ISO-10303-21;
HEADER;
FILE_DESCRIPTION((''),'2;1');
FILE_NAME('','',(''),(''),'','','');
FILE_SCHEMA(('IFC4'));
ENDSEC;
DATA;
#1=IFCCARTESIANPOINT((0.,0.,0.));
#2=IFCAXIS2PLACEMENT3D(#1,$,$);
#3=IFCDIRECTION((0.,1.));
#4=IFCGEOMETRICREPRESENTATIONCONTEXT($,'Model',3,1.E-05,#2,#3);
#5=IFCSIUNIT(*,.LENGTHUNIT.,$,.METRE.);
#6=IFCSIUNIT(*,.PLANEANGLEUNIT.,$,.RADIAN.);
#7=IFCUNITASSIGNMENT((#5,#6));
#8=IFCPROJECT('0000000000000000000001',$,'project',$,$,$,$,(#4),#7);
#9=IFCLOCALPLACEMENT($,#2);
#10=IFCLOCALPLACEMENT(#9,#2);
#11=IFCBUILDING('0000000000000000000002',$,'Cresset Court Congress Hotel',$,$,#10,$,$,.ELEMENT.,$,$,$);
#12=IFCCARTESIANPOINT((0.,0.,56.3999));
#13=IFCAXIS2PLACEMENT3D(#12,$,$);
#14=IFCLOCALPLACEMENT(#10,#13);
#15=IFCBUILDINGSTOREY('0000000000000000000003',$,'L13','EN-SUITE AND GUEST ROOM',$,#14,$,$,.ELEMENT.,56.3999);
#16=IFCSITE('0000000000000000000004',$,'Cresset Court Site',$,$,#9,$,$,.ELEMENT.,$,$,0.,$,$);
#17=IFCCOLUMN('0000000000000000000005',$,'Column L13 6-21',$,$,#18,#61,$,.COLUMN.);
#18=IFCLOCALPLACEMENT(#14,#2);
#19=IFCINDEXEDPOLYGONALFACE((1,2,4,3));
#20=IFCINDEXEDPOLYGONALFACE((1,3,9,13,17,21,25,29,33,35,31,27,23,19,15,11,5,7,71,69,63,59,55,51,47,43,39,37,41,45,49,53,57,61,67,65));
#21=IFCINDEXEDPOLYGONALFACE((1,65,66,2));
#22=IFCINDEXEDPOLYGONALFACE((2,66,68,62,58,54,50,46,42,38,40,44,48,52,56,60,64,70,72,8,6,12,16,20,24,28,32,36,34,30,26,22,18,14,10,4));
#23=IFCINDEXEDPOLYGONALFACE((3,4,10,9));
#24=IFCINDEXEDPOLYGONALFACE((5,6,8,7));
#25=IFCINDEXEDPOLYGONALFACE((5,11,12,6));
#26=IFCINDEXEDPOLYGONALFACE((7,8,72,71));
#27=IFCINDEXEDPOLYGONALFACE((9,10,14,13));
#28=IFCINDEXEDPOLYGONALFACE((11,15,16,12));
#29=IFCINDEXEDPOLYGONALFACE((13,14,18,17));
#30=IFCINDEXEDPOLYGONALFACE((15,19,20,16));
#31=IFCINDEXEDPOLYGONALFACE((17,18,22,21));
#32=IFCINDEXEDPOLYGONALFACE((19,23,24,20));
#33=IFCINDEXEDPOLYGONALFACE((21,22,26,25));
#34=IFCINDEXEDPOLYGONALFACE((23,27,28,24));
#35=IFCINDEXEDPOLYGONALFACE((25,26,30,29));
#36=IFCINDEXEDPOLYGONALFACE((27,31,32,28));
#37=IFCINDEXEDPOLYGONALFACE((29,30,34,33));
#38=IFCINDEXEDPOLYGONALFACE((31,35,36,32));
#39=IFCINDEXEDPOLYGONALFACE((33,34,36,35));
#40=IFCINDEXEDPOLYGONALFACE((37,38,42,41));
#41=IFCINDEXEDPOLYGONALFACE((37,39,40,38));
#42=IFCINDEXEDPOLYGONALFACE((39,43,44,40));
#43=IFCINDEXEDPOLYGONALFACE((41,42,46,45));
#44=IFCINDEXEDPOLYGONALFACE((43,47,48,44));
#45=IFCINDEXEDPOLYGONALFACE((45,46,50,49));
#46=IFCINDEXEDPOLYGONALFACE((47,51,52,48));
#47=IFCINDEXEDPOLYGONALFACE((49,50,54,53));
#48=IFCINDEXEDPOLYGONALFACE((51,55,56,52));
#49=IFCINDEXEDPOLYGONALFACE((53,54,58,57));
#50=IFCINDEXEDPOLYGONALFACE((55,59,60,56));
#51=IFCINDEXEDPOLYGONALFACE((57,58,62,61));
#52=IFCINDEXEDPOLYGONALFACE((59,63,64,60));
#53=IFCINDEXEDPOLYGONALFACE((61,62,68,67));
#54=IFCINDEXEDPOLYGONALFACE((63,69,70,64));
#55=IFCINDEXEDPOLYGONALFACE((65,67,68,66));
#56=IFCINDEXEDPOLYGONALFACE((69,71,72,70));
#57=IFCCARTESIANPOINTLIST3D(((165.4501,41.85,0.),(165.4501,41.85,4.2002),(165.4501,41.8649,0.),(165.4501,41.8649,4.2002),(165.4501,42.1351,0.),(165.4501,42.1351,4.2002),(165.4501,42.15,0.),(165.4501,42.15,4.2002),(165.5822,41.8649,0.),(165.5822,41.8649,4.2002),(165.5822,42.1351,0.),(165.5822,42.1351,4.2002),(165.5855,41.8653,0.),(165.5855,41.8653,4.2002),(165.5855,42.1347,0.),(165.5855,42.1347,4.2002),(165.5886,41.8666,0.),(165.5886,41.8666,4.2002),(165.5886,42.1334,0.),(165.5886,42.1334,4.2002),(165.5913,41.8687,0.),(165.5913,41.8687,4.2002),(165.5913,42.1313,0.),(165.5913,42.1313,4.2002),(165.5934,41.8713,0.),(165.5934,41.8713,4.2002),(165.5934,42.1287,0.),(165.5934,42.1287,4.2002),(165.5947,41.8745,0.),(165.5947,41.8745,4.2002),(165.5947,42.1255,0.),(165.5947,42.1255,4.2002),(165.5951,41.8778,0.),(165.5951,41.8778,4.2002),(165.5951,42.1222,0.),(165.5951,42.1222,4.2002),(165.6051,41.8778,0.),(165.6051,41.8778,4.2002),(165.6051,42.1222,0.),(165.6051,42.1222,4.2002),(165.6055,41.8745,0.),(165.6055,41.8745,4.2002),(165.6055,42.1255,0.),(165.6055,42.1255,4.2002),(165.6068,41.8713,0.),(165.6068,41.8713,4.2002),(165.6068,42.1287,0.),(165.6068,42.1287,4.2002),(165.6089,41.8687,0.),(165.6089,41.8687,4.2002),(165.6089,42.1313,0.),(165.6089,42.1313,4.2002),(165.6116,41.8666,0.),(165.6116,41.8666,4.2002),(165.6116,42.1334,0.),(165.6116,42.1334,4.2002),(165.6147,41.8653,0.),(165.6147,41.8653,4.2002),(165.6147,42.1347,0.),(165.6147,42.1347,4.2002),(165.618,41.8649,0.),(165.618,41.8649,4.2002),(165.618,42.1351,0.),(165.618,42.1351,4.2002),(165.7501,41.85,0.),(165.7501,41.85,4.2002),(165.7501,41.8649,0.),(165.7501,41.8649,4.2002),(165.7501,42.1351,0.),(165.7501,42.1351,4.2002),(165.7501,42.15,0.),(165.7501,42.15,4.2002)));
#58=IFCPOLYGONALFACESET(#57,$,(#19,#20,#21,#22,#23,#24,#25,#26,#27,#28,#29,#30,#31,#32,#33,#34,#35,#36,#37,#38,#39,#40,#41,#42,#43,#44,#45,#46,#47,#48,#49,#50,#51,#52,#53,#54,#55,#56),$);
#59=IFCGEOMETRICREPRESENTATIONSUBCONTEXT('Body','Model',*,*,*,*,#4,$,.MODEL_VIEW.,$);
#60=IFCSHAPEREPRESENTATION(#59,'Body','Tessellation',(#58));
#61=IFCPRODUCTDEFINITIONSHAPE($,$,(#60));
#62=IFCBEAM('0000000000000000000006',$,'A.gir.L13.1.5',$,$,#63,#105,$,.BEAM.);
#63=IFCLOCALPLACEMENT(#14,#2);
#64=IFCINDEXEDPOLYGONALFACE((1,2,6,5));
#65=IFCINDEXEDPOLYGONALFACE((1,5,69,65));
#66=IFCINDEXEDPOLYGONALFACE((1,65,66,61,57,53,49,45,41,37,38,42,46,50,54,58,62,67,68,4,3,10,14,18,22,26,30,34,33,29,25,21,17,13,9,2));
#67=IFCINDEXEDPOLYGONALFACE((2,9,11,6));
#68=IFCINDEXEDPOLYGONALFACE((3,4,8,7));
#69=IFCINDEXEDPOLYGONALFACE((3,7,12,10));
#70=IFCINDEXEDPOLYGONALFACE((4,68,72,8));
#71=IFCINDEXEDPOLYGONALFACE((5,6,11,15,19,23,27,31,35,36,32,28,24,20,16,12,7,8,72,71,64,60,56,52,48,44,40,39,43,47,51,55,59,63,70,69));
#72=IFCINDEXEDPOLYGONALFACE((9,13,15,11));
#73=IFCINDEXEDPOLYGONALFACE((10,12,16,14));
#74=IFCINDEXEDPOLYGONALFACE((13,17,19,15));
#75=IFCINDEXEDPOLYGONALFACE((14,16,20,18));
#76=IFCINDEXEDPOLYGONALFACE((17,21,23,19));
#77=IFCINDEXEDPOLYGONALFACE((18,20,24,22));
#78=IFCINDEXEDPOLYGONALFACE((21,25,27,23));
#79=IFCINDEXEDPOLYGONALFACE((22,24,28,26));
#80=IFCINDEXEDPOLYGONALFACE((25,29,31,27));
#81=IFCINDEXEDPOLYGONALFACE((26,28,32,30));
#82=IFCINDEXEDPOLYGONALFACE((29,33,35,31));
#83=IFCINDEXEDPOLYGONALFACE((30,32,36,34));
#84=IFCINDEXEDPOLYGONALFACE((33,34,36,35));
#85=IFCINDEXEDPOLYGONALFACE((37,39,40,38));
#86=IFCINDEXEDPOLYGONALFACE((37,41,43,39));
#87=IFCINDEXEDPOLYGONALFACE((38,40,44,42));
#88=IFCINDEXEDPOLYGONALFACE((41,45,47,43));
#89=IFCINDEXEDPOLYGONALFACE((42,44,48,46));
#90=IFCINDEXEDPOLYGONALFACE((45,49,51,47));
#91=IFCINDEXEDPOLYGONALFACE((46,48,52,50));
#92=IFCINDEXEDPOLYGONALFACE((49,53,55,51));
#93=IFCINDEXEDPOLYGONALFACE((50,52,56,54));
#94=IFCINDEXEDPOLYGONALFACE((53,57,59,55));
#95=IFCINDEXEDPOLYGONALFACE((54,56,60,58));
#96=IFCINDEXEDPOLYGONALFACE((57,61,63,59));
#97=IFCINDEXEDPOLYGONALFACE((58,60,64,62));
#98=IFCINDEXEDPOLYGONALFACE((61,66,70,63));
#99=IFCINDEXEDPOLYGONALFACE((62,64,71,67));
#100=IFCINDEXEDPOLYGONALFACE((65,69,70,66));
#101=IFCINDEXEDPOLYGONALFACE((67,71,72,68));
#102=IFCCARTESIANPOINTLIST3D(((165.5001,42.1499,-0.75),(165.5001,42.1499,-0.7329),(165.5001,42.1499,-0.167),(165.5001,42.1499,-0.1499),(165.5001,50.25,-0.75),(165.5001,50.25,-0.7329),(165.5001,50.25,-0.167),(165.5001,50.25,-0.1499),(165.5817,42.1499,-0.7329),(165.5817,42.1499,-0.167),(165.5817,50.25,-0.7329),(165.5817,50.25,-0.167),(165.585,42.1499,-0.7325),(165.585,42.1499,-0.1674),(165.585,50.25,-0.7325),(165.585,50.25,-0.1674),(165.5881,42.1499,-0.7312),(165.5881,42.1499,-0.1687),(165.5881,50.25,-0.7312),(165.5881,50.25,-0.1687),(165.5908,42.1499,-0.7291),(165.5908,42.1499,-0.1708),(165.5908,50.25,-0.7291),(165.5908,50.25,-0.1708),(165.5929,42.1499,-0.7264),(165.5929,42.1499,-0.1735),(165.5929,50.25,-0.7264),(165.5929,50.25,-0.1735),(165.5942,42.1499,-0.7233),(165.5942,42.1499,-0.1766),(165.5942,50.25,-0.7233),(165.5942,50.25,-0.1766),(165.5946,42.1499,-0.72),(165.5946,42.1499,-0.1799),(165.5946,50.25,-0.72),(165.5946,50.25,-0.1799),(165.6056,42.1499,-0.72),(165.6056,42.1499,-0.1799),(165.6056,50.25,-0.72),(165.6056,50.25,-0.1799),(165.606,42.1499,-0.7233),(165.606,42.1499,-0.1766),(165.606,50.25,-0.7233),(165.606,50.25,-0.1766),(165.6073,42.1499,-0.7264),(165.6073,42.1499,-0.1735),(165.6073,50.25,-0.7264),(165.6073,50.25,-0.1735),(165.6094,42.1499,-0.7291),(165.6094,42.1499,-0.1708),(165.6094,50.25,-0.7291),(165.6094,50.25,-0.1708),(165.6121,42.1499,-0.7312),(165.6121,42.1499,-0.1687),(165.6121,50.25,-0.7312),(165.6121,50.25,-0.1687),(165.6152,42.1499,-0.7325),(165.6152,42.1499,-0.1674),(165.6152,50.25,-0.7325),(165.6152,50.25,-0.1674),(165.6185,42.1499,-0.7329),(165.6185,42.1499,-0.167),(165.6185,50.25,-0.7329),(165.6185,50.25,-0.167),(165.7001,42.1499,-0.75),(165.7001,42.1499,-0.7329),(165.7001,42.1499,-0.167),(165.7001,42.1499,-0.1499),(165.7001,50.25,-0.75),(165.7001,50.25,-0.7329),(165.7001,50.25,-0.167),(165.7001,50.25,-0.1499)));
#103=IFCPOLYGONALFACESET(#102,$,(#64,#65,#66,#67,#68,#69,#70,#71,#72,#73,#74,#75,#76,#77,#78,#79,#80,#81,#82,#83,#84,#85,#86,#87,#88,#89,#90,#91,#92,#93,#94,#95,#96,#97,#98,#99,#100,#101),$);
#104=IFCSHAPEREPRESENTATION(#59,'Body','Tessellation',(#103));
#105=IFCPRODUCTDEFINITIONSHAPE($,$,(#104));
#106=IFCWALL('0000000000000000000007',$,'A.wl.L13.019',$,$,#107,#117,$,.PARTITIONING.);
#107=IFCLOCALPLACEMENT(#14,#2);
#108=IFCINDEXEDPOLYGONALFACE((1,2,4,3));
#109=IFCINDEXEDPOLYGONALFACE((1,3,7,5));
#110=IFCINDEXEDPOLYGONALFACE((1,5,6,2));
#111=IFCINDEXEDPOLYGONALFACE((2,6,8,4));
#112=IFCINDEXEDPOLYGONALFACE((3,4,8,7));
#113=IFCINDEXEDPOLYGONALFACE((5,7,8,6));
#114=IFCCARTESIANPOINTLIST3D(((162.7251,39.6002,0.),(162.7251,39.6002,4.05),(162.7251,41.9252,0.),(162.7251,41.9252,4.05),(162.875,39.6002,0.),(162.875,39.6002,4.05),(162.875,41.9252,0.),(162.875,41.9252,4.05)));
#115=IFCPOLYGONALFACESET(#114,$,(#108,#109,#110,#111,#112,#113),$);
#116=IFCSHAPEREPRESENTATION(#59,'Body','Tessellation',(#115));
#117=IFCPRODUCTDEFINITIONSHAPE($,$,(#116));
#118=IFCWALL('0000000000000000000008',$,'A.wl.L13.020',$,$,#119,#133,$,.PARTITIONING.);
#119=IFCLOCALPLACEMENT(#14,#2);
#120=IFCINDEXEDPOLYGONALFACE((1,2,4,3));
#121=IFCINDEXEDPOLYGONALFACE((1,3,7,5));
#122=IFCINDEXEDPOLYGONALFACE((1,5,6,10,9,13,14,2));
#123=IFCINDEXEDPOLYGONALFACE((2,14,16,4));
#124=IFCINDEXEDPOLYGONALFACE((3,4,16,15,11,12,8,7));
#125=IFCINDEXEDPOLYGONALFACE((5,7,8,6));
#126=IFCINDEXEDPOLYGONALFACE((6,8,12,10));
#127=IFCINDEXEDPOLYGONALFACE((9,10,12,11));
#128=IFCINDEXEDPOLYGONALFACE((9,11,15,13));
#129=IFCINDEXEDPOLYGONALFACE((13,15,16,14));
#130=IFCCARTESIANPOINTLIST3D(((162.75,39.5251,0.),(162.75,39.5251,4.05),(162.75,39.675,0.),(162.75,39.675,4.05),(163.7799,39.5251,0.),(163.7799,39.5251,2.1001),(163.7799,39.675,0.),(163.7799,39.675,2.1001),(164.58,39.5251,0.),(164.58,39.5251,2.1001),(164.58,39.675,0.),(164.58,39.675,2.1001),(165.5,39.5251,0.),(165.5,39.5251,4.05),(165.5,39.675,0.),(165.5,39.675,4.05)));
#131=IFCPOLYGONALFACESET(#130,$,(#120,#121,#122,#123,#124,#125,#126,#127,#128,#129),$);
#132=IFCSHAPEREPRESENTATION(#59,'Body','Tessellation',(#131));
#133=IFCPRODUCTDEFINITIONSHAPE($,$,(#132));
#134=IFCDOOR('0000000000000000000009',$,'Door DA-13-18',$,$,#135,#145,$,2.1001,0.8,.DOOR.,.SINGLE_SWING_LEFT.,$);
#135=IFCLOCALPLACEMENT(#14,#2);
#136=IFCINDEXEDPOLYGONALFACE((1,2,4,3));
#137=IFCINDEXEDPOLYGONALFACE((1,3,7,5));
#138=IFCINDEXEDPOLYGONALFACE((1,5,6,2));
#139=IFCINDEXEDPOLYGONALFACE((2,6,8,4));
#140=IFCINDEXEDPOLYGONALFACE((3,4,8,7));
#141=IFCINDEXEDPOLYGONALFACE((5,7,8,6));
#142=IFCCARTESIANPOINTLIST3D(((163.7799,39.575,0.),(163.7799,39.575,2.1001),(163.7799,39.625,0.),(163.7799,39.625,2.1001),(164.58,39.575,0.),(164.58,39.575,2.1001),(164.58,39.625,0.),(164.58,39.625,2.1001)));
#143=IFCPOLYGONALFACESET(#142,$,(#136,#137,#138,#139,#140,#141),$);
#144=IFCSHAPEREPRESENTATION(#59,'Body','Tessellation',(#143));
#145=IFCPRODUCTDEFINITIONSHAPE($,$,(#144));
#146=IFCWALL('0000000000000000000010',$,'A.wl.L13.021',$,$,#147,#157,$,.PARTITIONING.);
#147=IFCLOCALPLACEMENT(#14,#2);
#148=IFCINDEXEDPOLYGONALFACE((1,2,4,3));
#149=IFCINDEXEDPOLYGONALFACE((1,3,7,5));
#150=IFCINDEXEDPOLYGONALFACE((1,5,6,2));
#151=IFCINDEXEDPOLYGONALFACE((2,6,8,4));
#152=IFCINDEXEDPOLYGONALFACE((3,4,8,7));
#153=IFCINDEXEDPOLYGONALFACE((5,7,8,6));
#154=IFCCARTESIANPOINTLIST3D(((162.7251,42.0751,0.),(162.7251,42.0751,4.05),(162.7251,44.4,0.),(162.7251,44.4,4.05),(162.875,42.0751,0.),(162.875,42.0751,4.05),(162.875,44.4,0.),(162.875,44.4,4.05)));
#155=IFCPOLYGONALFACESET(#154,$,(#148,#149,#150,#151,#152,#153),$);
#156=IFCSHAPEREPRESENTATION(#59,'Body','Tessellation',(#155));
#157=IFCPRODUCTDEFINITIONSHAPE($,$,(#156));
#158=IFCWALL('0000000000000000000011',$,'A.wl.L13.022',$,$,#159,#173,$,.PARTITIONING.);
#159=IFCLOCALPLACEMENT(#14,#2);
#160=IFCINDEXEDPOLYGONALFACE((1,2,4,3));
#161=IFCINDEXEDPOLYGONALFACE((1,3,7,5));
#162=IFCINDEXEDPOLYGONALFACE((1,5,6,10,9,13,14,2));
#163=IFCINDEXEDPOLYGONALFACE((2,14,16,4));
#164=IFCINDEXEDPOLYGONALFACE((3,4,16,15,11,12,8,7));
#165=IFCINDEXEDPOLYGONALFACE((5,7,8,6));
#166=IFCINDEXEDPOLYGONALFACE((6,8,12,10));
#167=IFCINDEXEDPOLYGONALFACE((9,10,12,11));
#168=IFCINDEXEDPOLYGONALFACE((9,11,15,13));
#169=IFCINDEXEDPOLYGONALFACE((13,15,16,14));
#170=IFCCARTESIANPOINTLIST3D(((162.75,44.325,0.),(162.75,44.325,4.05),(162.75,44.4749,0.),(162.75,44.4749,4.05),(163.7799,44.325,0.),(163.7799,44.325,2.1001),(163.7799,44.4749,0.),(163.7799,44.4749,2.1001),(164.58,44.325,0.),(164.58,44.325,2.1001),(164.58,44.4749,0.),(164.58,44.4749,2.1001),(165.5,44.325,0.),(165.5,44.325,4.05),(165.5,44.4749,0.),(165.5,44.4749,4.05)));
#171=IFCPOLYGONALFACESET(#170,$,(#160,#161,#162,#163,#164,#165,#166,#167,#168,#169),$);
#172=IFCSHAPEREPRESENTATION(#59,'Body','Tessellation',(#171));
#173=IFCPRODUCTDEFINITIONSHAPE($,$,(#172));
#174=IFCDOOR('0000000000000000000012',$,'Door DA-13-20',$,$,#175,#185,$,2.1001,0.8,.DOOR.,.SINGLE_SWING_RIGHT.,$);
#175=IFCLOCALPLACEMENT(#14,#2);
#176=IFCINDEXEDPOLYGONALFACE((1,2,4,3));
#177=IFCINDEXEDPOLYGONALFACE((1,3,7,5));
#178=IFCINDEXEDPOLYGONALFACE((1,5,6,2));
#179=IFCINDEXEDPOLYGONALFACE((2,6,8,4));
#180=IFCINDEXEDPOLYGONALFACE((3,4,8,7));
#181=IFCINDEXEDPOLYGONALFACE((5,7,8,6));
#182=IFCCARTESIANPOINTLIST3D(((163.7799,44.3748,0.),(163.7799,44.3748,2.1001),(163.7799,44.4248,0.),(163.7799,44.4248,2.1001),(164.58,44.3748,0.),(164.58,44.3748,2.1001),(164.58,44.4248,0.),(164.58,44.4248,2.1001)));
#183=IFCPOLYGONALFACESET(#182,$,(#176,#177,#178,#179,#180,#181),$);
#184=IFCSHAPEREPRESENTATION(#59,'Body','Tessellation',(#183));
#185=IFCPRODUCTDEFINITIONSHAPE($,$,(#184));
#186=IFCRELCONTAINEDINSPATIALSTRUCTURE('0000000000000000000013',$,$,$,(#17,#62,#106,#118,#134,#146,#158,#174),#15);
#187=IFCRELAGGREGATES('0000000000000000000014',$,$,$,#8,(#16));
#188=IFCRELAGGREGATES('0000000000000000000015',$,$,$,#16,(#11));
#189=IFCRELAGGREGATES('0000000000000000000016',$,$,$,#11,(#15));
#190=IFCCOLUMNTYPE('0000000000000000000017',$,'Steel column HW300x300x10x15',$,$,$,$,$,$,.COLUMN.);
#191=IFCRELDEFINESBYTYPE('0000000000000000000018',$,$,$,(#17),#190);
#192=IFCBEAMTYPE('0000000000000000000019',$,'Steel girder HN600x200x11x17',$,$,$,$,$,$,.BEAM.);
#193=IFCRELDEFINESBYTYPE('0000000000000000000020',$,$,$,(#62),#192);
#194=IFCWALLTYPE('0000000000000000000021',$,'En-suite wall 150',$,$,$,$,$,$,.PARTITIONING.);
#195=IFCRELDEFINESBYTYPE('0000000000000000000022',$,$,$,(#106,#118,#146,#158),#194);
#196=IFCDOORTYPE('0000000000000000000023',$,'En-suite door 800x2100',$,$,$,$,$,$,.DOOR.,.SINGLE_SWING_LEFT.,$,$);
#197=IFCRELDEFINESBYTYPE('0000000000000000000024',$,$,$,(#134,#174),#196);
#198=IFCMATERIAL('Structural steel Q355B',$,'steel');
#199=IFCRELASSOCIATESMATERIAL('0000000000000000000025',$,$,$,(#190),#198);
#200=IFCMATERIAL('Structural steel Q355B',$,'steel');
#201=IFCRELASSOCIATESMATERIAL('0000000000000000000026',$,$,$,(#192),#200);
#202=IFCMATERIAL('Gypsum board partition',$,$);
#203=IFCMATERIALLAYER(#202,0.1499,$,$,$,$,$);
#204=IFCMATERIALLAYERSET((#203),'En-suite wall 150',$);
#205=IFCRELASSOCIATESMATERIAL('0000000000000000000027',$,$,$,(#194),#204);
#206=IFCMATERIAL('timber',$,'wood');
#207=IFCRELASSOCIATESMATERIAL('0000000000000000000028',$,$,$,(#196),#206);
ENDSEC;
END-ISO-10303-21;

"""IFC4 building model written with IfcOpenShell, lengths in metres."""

from ifc_helpers import new_model, si_unit, direction, frame, frame_2d, origin, origin_2d, place, context, subcontext, project, spatial, rectangle, i_section, extrude, material, layer, layer_set, material_profile, profile_set, type_object, element, fill, save


model = new_model("IFC4")

# Units and contexts
model_context = context("Model", 3, precision=1e-05, world=origin(), true_north=direction((0.0, 1.0)))
body_context = subcontext(model_context, "Body", "Model", "MODEL_VIEW")
ifc_project = project(units=[si_unit("LENGTHUNIT", "METRE"), si_unit("PLANEANGLEUNIT", "RADIAN")], contexts=[model_context])

# Site, building, storey
site_placement = place(None, origin())
site = spatial("IfcSite", under=ifc_project, at=site_placement, Name="Cresset Court Site", CompositionType="ELEMENT", RefElevation=0.0)
building_placement = place(site_placement, origin())
building = spatial("IfcBuilding", under=site, at=building_placement, Name="Cresset Court Congress Hotel", CompositionType="ELEMENT")
storey_placement = place(building_placement, frame((0.0, 0.0, 56.3999)))
storey = spatial("IfcBuildingStorey", under=building, at=storey_placement, Name="L13", Description="EN-SUITE AND GUEST ROOM", CompositionType="ELEMENT", Elevation=56.3999)

# Column
ifc_material_1 = material(Name="Structural steel Q355B", Category="steel")
ifc_material_profile_1 = material_profile(ifc_material_1, i_section(OverallWidth=0.3, OverallDepth=0.3, WebThickness=0.01, FlangeThickness=0.0149, FilletRadius=0.0129, at=origin_2d()), Name="HW300x300x10x15")
ifc_profile_set_1 = profile_set([ifc_material_profile_1], Name="Structural steel Q355B")
column_type = type_object("IfcColumnType", Name="Steel column HW300x300x10x15", PredefinedType="COLUMN", material=ifc_profile_set_1)
column_placement = place(storey_placement, frame((165.6001, 42.0, 0.0), z_axis=(0.0, 0.0, 1.0), x_axis=(1.0, 0.0, 0.0)))
element("IfcColumn", 1, at=column_placement, inside=storey, type_object=column_type, Name="Column L13 6-21", PredefinedType="COLUMN", context=body_context, shape_type="SweptSolid", body=[
    extrude(i_section(OverallWidth=0.3, OverallDepth=0.3, WebThickness=0.01, FlangeThickness=0.0149, FilletRadius=0.0129, at=origin_2d()), origin(), (0.0, 0.0, 1.0), 4.2002),
])

# Beam
ifc_material_2 = material(Name="Structural steel Q355B", Category="steel")
ifc_material_profile_2 = material_profile(ifc_material_2, i_section(OverallWidth=0.2, OverallDepth=0.6001, WebThickness=0.011, FlangeThickness=0.0171, FilletRadius=0.0129, at=origin_2d()), Name="HN600x200x11x17")
ifc_profile_set_2 = profile_set([ifc_material_profile_2], Name="Structural steel Q355B")
beam_type = type_object("IfcBeamType", Name="Steel girder HN600x200x11x17", PredefinedType="BEAM", material=ifc_profile_set_2)
beam_placement = place(storey_placement, frame((165.6001, 42.1499, -0.45), z_axis=(0.0, 1.0, 0.0), x_axis=(-1.0, 0.0, 0.0)))
element("IfcBeam", 2, at=beam_placement, inside=storey, type_object=beam_type, Name="A.gir.L13.1.5", PredefinedType="BEAM", context=body_context, shape_type="SweptSolid", body=[
    extrude(i_section(OverallWidth=0.2, OverallDepth=0.6001, WebThickness=0.011, FlangeThickness=0.0171, FilletRadius=0.0129, at=origin_2d()), origin(), (0.0, 0.0, 1.0), 8.1001),
])

# Wall
ifc_material_3 = material(Name="Gypsum board partition")
ifc_layer = layer(ifc_material_3, 0.1499)
ifc_layer_set = layer_set([ifc_layer], Name="En-suite wall 150")
wall_type = type_object("IfcWallType", Name="En-suite wall 150", PredefinedType="PARTITIONING", material=ifc_layer_set)
wall_1_placement = place(storey_placement, frame((162.8, 39.6001, 0.0), z_axis=(0.0, 0.0, 1.0), x_axis=(0.0, 1.0, 0.0)))
element("IfcWall", 3, at=wall_1_placement, inside=storey, type_object=wall_type, Name="A.wl.L13.019", PredefinedType="PARTITIONING", context=body_context, shape_type="SweptSolid", body=[
    extrude(rectangle(XDim=2.325, YDim=0.1499, at=frame_2d((1.1626, 0.0))), origin(), (0.0, 0.0, 1.0), 4.05),
])

# Wall, opening, door
wall_2_placement = place(storey_placement, frame((162.75, 39.6001, 0.0), z_axis=(0.0, 0.0, 1.0), x_axis=(1.0, 0.0, 0.0)))
wall_2 = element("IfcWall", 4, at=wall_2_placement, inside=storey, type_object=wall_type, Name="A.wl.L13.020", PredefinedType="PARTITIONING", context=body_context, shape_type="SweptSolid", body=[
    extrude(rectangle(XDim=2.75, YDim=0.1499, at=frame_2d((1.375, 0.0))), origin(), (0.0, 0.0, 1.0), 4.05),
])
opening_1_placement = place(wall_2_placement, frame((1.03, 0.0, 0.0)))
opening_1 = element("IfcOpeningElement", 5, at=opening_1_placement, cuts=wall_2, PredefinedType="OPENING", context=body_context, shape_type="SweptSolid", body=[
    extrude(rectangle(XDim=0.8, YDim=2.1001, at=frame_2d((0.3999, 1.05))), frame((0.0, 0.085, 0.0), z_axis=(0.0, -1.0, 0.0), x_axis=(1.0, 0.0, 0.0)), (0.0, 0.0, 1.0), 0.1699),
])
ifc_material_4 = material(Name="timber", Category="wood")
door_type = type_object("IfcDoorType", Name="En-suite door 800x2100", OperationType="SINGLE_SWING_LEFT", PredefinedType="DOOR", material=ifc_material_4)
door_1_placement = place(opening_1_placement, origin())
door_1 = element("IfcDoor", 6, at=door_1_placement, inside=storey, type_object=door_type, Name="Door DA-13-18", OperationType="SINGLE_SWING_LEFT", OverallHeight=2.1001, OverallWidth=0.8, PredefinedType="DOOR", context=body_context, shape_type="SweptSolid", body=[
    extrude(rectangle(XDim=0.8, YDim=2.1001, at=frame_2d((0.3999, 1.05))), frame((0.0, 0.0249, 0.0), z_axis=(0.0, -1.0, 0.0), x_axis=(1.0, 0.0, 0.0)), (0.0, 0.0, 1.0), 0.05),
])
fill(opening_1, door_1)

# Wall
wall_3_placement = place(storey_placement, frame((162.8, 42.075, 0.0), z_axis=(0.0, 0.0, 1.0), x_axis=(0.0, 1.0, 0.0)))
element("IfcWall", 7, at=wall_3_placement, inside=storey, type_object=wall_type, Name="A.wl.L13.021", PredefinedType="PARTITIONING", context=body_context, shape_type="SweptSolid", body=[
    extrude(rectangle(XDim=2.325, YDim=0.1499, at=frame_2d((1.1626, 0.0))), origin(), (0.0, 0.0, 1.0), 4.05),
])

# Wall, opening, door
wall_4_placement = place(storey_placement, frame((162.75, 44.3999, 0.0), z_axis=(0.0, 0.0, 1.0), x_axis=(1.0, 0.0, 0.0)))
wall_4 = element("IfcWall", 8, at=wall_4_placement, inside=storey, type_object=wall_type, Name="A.wl.L13.022", PredefinedType="PARTITIONING", context=body_context, shape_type="SweptSolid", body=[
    extrude(rectangle(XDim=2.75, YDim=0.1499, at=frame_2d((1.375, 0.0))), origin(), (0.0, 0.0, 1.0), 4.05),
])
opening_2_placement = place(wall_4_placement, frame((1.03, 0.0, 0.0)))
opening_2 = element("IfcOpeningElement", 9, at=opening_2_placement, cuts=wall_4, PredefinedType="OPENING", context=body_context, shape_type="SweptSolid", body=[
    extrude(rectangle(XDim=0.8, YDim=2.1001, at=frame_2d((0.3999, 1.05))), frame((0.0, 0.085, 0.0), z_axis=(0.0, -1.0, 0.0), x_axis=(1.0, 0.0, 0.0)), (0.0, 0.0, 1.0), 0.1699),
])
door_2_placement = place(opening_2_placement, origin())
door_2 = element("IfcDoor", 10, at=door_2_placement, inside=storey, type_object=door_type, Name="Door DA-13-20", OperationType="SINGLE_SWING_RIGHT", OverallHeight=2.1001, OverallWidth=0.8, PredefinedType="DOOR", context=body_context, shape_type="SweptSolid", body=[
    extrude(rectangle(XDim=0.8, YDim=2.1001, at=frame_2d((0.3999, 1.05))), frame((0.0, 0.0249, 0.0), z_axis=(0.0, -1.0, 0.0), x_axis=(1.0, 0.0, 0.0)), (0.0, 0.0, 1.0), 0.05),
])
fill(opening_2, door_2)

save(model, "model.ifc")
